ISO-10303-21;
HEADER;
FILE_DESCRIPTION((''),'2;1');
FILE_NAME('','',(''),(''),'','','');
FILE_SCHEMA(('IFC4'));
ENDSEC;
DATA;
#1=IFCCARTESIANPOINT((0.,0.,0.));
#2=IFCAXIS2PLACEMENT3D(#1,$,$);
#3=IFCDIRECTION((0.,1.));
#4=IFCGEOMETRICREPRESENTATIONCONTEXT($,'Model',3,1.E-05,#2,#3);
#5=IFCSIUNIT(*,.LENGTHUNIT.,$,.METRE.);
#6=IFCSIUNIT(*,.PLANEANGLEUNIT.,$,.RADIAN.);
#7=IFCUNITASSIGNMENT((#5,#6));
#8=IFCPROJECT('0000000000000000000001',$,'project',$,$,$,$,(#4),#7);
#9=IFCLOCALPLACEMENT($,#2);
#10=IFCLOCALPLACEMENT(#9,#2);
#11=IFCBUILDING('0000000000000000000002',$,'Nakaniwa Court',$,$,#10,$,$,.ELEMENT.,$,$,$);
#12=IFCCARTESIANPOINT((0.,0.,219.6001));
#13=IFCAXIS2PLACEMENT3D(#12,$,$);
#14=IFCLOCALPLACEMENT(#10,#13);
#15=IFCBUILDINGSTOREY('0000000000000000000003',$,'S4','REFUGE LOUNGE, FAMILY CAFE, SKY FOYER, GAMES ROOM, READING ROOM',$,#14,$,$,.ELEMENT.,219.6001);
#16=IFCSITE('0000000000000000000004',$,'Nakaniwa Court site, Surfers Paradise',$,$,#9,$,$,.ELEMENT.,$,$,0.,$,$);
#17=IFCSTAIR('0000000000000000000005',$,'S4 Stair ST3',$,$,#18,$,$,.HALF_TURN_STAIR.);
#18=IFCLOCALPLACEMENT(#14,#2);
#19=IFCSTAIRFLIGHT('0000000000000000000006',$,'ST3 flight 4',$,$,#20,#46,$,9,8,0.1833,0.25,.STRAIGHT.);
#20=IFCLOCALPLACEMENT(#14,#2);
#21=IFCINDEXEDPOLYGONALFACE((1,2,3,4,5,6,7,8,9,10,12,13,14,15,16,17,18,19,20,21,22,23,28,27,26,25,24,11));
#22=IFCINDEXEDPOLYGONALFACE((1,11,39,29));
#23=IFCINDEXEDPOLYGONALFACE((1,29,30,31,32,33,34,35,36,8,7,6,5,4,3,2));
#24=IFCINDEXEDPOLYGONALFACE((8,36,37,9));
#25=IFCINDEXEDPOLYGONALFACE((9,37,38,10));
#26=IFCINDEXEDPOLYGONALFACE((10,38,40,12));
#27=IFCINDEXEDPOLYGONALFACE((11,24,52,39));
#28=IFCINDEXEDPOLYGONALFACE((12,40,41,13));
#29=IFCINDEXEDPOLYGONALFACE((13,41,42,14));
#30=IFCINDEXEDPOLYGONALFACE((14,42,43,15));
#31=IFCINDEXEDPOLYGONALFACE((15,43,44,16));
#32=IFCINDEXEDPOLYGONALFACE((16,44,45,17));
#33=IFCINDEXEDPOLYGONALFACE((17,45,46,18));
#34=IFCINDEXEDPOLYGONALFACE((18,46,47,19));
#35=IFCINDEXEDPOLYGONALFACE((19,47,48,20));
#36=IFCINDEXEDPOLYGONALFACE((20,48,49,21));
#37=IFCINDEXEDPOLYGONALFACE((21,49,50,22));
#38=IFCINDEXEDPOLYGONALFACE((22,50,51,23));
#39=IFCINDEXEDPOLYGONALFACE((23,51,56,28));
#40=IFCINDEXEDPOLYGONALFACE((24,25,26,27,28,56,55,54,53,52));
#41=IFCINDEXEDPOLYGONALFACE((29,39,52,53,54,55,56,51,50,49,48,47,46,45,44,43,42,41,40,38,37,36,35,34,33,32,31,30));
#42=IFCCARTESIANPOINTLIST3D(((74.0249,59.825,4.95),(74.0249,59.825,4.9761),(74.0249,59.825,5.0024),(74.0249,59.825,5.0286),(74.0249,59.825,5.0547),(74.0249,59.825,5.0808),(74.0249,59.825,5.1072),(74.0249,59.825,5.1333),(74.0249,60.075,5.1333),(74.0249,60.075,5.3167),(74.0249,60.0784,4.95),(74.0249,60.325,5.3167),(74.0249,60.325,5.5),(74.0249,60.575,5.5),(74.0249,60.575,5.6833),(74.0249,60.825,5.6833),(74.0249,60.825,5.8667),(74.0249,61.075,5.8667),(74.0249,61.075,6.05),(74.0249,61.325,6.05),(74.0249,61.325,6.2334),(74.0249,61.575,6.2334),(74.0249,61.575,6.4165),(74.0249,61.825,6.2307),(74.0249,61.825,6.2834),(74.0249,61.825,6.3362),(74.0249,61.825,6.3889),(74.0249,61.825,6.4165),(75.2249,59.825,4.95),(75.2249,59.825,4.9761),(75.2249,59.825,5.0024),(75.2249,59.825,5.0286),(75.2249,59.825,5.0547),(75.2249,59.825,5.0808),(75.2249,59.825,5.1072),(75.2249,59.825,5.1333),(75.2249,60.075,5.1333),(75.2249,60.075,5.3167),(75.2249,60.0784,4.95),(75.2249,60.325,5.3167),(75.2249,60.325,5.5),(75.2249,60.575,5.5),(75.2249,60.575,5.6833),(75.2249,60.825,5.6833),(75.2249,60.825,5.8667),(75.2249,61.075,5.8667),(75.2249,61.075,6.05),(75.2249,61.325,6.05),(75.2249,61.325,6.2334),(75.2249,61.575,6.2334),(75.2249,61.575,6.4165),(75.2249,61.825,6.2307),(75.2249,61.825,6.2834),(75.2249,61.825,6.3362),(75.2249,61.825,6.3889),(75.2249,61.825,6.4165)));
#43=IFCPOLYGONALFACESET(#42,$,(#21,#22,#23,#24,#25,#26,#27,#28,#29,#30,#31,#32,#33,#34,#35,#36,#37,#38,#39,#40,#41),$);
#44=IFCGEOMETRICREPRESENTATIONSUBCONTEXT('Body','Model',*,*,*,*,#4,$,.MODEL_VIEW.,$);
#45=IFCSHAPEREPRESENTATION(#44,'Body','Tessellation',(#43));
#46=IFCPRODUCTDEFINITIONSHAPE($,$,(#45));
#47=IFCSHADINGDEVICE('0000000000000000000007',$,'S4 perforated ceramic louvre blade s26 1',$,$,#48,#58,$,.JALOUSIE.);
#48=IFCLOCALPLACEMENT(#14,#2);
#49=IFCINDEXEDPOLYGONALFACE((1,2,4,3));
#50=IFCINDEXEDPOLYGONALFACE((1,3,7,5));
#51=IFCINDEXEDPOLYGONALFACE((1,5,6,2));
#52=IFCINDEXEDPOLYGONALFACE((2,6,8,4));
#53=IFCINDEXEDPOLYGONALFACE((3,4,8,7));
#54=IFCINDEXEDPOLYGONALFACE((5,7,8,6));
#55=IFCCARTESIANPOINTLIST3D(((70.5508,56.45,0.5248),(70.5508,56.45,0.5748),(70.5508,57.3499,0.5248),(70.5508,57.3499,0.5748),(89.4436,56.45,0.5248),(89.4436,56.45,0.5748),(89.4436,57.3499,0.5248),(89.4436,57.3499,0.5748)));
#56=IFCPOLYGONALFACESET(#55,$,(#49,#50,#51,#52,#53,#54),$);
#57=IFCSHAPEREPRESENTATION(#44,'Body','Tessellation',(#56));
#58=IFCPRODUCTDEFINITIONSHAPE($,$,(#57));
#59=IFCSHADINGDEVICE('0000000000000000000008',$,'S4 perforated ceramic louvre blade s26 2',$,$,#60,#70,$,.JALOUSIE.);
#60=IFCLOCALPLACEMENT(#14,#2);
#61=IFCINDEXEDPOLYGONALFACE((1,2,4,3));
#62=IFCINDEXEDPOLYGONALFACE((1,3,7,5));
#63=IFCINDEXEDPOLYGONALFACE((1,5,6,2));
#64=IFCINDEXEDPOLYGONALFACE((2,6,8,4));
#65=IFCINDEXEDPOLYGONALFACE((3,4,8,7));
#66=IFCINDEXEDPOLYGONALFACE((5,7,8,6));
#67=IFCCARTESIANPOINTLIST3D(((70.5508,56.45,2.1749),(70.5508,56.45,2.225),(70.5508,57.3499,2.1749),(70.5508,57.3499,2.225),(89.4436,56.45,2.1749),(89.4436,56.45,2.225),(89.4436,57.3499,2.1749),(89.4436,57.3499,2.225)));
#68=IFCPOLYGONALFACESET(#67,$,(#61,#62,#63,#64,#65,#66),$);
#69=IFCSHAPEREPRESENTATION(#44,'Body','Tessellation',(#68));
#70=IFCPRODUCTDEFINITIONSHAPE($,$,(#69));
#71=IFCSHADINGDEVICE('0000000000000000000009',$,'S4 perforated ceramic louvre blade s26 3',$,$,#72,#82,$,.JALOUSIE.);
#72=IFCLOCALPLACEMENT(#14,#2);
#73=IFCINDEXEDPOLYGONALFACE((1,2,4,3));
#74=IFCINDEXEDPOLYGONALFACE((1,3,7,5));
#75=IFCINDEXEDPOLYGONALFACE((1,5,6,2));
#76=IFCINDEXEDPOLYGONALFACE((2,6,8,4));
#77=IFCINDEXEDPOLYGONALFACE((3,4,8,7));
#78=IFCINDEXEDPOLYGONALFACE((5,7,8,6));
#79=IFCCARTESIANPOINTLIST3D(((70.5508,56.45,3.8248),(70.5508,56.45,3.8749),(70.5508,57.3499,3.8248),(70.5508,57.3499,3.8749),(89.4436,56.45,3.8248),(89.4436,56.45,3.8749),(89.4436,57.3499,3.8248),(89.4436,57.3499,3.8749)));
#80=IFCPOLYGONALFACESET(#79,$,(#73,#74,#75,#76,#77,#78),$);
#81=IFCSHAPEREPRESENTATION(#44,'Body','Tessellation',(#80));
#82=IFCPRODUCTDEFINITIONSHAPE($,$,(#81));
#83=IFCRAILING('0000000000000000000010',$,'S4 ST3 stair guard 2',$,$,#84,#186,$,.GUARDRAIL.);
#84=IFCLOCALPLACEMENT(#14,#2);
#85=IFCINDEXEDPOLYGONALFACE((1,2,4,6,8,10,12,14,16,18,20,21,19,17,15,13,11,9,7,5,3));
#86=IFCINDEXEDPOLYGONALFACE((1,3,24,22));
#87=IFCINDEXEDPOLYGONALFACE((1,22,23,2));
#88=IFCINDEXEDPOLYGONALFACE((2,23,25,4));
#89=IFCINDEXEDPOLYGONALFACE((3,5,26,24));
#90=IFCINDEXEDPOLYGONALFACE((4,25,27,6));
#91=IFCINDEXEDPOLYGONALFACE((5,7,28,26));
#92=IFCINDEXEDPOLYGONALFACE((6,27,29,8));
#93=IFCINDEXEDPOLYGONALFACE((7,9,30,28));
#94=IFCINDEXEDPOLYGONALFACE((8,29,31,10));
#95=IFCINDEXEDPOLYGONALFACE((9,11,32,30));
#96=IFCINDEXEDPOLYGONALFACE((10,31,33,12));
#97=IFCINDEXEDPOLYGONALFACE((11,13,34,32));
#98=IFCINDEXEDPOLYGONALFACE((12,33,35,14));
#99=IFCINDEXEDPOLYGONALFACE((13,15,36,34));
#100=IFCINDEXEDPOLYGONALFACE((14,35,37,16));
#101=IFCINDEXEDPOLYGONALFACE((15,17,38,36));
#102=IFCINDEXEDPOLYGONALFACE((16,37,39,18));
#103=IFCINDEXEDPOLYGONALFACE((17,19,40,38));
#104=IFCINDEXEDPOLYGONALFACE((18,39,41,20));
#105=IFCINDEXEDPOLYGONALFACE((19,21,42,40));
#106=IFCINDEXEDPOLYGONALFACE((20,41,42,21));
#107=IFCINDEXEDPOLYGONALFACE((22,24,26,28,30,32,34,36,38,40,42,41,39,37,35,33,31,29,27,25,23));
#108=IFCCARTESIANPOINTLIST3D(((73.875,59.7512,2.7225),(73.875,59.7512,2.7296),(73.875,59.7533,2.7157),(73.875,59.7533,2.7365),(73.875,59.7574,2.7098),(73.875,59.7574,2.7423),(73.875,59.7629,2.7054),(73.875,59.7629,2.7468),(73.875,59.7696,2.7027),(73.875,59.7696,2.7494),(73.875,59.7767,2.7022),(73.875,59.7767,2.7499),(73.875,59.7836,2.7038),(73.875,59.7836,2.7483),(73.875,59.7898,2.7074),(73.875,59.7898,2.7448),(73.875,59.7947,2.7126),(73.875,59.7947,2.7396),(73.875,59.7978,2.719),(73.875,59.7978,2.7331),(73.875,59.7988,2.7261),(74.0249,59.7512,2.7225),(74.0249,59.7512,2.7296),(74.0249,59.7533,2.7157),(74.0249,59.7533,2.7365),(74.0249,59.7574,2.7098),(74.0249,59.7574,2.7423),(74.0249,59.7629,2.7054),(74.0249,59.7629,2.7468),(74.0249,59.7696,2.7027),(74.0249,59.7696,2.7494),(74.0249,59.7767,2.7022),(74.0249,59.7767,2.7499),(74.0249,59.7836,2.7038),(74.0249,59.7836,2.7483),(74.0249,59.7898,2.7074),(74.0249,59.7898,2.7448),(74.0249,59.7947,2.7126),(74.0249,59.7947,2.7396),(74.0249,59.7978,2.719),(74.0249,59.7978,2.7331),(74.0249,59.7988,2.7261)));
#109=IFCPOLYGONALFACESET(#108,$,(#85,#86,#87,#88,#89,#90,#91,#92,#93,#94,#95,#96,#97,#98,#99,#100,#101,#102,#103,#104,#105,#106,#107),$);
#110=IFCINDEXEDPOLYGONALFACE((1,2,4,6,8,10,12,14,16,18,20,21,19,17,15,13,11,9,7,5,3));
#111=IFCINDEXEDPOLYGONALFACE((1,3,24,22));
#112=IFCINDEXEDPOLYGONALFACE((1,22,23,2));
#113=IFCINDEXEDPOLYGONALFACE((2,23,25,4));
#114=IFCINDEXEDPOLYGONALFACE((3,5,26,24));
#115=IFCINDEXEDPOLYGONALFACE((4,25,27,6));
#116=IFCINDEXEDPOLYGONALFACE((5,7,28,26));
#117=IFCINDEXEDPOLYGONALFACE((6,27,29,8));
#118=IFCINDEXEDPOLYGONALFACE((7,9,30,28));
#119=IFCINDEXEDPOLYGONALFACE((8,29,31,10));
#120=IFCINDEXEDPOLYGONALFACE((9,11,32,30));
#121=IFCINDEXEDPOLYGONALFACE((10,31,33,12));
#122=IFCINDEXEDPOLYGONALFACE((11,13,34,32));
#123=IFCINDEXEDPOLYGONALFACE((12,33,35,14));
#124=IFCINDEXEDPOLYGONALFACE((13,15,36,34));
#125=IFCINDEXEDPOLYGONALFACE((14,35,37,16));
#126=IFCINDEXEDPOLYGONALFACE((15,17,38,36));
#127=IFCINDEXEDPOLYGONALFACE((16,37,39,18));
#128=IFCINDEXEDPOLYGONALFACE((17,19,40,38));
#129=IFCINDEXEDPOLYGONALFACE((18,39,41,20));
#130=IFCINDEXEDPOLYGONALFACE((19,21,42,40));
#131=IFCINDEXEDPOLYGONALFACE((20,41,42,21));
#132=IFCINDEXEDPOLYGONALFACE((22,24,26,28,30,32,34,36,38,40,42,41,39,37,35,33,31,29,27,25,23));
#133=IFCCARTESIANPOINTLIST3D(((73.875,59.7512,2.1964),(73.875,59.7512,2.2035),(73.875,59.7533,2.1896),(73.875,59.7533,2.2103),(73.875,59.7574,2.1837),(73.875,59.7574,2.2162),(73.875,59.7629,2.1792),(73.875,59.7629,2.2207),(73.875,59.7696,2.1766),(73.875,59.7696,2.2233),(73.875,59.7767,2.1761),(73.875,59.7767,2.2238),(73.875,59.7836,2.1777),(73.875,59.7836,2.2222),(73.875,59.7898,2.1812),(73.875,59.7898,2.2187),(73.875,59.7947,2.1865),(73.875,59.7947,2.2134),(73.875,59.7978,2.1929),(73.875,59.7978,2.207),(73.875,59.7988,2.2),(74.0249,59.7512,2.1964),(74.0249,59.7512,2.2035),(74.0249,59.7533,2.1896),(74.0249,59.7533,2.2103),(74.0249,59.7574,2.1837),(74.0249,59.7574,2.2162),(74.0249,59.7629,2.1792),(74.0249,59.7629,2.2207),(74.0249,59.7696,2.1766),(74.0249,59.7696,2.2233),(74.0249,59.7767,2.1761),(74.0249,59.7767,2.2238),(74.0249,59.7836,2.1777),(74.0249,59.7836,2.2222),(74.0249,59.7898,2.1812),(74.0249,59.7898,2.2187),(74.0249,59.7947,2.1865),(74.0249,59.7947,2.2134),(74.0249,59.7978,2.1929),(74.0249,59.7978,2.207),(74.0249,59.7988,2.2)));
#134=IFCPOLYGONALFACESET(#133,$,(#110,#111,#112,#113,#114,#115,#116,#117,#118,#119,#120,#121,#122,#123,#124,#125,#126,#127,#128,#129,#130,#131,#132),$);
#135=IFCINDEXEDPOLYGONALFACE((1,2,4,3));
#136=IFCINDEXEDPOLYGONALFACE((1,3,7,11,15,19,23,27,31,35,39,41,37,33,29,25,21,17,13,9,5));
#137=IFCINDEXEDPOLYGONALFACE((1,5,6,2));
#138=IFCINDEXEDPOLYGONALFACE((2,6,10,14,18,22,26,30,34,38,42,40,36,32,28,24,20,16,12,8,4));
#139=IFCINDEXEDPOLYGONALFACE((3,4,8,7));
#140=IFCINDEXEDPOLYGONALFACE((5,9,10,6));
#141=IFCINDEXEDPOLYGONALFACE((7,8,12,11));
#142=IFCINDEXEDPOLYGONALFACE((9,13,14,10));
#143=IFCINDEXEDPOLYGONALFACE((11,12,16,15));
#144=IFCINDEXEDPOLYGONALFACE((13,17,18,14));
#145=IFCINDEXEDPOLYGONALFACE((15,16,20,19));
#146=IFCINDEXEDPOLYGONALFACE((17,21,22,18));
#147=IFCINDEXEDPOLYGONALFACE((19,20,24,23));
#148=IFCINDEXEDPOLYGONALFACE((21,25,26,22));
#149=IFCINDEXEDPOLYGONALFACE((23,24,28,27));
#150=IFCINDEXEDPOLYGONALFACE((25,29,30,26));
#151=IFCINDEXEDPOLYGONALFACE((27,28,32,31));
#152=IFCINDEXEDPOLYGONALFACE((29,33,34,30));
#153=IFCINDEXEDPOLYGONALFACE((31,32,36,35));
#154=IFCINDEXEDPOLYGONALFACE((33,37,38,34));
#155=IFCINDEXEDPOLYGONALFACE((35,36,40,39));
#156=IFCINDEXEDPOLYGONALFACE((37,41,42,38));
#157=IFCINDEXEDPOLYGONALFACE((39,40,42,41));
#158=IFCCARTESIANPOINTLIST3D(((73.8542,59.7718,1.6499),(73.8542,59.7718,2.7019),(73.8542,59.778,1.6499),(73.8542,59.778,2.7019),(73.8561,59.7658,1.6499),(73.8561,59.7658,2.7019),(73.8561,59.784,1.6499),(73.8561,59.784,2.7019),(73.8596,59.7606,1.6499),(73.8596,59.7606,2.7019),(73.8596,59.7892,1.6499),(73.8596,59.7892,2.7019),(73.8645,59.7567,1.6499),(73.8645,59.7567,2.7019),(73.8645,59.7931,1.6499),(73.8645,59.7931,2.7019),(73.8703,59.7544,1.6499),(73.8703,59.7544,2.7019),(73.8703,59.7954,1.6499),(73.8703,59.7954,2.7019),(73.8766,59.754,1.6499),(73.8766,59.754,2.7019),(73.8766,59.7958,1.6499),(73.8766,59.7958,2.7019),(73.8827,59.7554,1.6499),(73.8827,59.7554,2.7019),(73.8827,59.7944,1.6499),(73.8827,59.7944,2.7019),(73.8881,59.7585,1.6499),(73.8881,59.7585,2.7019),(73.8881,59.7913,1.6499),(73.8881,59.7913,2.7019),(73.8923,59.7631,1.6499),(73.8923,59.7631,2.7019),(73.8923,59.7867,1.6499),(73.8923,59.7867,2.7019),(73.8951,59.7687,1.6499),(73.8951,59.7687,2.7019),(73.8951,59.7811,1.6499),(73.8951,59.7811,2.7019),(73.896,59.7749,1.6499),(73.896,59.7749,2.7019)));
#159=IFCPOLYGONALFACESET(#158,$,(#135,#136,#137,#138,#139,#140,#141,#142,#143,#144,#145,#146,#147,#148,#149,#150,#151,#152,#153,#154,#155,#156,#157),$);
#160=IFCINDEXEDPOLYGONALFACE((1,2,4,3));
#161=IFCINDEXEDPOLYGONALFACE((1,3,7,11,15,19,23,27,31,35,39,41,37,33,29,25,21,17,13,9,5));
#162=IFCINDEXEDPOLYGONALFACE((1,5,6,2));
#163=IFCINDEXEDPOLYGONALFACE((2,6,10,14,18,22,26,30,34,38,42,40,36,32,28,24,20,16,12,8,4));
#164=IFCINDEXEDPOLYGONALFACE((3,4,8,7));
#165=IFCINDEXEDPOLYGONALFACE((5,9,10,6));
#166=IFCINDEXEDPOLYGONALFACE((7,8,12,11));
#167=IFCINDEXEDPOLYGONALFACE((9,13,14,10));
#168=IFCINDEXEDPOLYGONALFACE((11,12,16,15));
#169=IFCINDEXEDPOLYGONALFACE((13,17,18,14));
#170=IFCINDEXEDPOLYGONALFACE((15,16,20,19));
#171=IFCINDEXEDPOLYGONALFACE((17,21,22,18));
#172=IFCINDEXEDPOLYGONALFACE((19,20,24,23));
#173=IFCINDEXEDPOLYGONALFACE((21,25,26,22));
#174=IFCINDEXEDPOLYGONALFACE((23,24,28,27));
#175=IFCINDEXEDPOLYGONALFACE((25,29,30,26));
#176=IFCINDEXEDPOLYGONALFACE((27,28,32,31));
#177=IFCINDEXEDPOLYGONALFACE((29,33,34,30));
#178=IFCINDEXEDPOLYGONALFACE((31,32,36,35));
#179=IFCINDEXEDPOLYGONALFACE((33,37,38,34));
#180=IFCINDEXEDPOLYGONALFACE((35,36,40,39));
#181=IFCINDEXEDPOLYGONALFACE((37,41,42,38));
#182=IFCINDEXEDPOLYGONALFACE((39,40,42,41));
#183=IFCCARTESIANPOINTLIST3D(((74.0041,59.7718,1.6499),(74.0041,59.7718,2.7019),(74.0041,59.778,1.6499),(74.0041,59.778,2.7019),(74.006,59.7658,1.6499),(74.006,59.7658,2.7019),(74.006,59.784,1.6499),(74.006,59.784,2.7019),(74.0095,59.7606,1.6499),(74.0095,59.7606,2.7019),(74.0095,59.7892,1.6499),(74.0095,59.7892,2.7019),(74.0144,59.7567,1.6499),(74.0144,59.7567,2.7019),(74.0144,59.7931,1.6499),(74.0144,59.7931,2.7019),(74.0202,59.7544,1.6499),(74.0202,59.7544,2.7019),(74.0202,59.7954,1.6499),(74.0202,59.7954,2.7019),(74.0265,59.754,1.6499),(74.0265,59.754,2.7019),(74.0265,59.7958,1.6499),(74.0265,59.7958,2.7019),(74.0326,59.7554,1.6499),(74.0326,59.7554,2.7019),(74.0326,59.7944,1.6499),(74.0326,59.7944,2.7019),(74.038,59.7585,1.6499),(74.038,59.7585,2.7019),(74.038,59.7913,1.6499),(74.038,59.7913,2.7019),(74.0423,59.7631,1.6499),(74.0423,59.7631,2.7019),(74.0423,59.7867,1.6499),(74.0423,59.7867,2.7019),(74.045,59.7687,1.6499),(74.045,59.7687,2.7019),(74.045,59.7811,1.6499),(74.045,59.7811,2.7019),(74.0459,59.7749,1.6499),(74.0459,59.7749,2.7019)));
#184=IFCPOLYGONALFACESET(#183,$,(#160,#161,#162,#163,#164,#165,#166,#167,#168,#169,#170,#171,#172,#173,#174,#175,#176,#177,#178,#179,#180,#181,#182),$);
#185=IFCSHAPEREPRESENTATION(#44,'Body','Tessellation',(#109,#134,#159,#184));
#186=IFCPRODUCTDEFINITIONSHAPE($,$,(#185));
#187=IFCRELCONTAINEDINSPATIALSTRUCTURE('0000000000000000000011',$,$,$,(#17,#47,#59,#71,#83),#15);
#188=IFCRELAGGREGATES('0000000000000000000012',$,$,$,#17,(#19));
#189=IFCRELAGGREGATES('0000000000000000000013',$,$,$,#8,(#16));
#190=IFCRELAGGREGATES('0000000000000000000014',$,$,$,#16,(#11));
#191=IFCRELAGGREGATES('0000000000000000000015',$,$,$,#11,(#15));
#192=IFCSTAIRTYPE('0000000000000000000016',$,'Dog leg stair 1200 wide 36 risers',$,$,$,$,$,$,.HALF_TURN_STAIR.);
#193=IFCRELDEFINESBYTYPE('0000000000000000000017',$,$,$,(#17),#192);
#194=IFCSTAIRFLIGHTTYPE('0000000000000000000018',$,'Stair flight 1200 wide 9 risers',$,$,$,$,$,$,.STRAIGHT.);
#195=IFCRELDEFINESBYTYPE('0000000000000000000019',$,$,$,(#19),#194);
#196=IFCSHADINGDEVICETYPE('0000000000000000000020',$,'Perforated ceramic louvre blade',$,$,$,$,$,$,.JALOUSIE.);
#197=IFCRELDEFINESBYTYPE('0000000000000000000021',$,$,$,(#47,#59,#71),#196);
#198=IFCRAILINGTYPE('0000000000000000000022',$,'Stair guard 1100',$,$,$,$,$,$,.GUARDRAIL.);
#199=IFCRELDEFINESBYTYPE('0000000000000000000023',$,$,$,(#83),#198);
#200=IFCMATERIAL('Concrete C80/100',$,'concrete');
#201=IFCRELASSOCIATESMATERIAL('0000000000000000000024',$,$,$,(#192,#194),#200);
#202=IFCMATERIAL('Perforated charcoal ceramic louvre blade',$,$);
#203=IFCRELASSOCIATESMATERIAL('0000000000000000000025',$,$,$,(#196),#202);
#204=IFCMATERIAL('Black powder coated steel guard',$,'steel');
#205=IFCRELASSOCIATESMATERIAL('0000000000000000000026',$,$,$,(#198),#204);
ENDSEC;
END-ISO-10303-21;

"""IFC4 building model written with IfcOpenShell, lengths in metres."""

from ifc_helpers import new_model, si_unit, direction, frame, origin, origin_2d, place, context, subcontext, project, spatial, polyline, rectangle, circle, outline, extrude, material, material_profile, profile_set, type_object, element, aggregate, save


model = new_model("IFC4")

# Units and contexts
model_context = context("Model", 3, precision=1e-05, world=origin(), true_north=direction((0.0, 1.0)))
body_context = subcontext(model_context, "Body", "Model", "MODEL_VIEW")
ifc_project = project(units=[si_unit("LENGTHUNIT", "METRE"), si_unit("PLANEANGLEUNIT", "RADIAN")], contexts=[model_context])

# Site, building, storey
site_placement = place(None, origin())
site = spatial("IfcSite", under=ifc_project, at=site_placement, Name="Nakaniwa Court site, Surfers Paradise", CompositionType="ELEMENT", RefElevation=0.0)
building_placement = place(site_placement, origin())
building = spatial("IfcBuilding", under=site, at=building_placement, Name="Nakaniwa Court", CompositionType="ELEMENT")
storey_placement = place(building_placement, frame((0.0, 0.0, 219.6001)))
storey = spatial("IfcBuildingStorey", under=building, at=storey_placement, Name="S4", Description="REFUGE LOUNGE, FAMILY CAFE, SKY FOYER, GAMES ROOM, READING ROOM", CompositionType="ELEMENT", Elevation=219.6001)

# Shared definitions
ifc_material_1 = material(Name="Concrete C80/100", Category="concrete")

# Stair, stair flight
stair_type = type_object("IfcStairType", Name="Dog leg stair 1200 wide 36 risers", PredefinedType="HALF_TURN_STAIR", material=ifc_material_1)
stair_placement = place(storey_placement, origin())
stair = element("IfcStair", 1, at=stair_placement, inside=storey, type_object=stair_type, Name="S4 Stair ST3", PredefinedType="HALF_TURN_STAIR")
stair_flight_type = type_object("IfcStairFlightType", Name="Stair flight 1200 wide 9 risers", PredefinedType="STRAIGHT", material=ifc_material_1)
stair_flight_1_placement = place(storey_placement, frame((74.625, 59.825, 4.95), z_axis=(0.0, 0.0, 1.0), x_axis=(0.0, 1.0, 0.0)))
stair_flight_1 = element("IfcStairFlight", 2, at=stair_flight_1_placement, type_object=stair_flight_type, Name="ST3 flight 4", NumberOfRisers=9, NumberOfTreads=8, PredefinedType="STRAIGHT", RiserHeight=0.1833, TreadLength=0.25, context=body_context, shape_type="SweptSolid", body=[
    extrude(outline(polyline([(0.0, 0.0), (0.0, 0.0261), (0.0, 0.0525), (0.0, 0.0786), (0.0, 0.1047), (0.0, 0.1309), (0.0, 0.1572), (0.0, 0.1833), (0.25, 0.1833), (0.25, 0.3667), (0.5, 0.3667), (0.5, 0.55), (0.75, 0.55), (0.75, 0.7334), (1.0, 0.7334), (1.0, 0.9167), (1.25, 0.9167), (1.25, 1.1001), (1.5, 1.1001), (1.5, 1.2834), (1.75, 1.2834), (1.75, 1.4666), (2.0, 1.4666), (2.0, 1.6499), (2.0, 1.5972), (2.0, 1.5444), (2.0, 1.4917), (2.0, 1.439), (2.0, 1.3862), (2.0, 1.3335), (2.0, 1.2808), (0.2534, 0.0), (0.0, 0.0)])), frame((0.0, 0.6001, 0.0), z_axis=(0.0, -1.0, 0.0), x_axis=(1.0, 0.0, 0.0)), (0.0, 0.0, 1.0), 1.2),
])
aggregate(stair, [stair_flight_1])

# Shading devices
ifc_material_2 = material(Name="Perforated charcoal ceramic louvre blade")
ifc_material_profile_1 = material_profile(ifc_material_2, rectangle(XDim=0.8999, YDim=0.05, at=origin_2d()), Name="Perforated ceramic louvre blade")
ifc_profile_set_1 = profile_set([ifc_material_profile_1], Name="Perforated charcoal ceramic louvre blade")
shading_device_type = type_object("IfcShadingDeviceType", Name="Perforated ceramic louvre blade", PredefinedType="JALOUSIE", material=ifc_profile_set_1)
for number, where, z_axis, x_axis, name in (
    (3, (70.5508, 56.8999, 0.5498), (1.0, 0.0, 0.0), (0.0, 1.0, 0.0), "S4 perforated ceramic louvre blade s26 1"),
    (4, (70.5508, 56.8999, 2.2), (1.0, 0.0, 0.0), (0.0, 1.0, 0.0), "S4 perforated ceramic louvre blade s26 2"),
    (5, (70.5508, 56.8999, 3.8499), (1.0, 0.0, 0.0), (0.0, 1.0, 0.0), "S4 perforated ceramic louvre blade s26 3"),
):
    element("IfcShadingDevice", number, at=place(storey_placement, frame(where, z_axis=z_axis, x_axis=x_axis)), inside=storey, type_object=shading_device_type, Name=name, PredefinedType="JALOUSIE", context=body_context, shape_type="SweptSolid", body=[
        extrude(rectangle(XDim=0.8999, YDim=0.05, at=origin_2d()), origin(), (0.0, 0.0, 1.0), 18.8928),
    ])

# Railing
ifc_material_3 = material(Name="Black powder coated steel guard", Category="steel")
railing_type_1 = type_object("IfcRailingType", Name="Stair guard 1100", PredefinedType="GUARDRAIL", material=ifc_material_3)
railing_1_placement = place(storey_placement, frame((73.875, 59.7749, 1.6499)))
element("IfcRailing", 6, at=railing_1_placement, inside=storey, type_object=railing_type_1, Name="S4 ST3 stair guard 2", PredefinedType="GUARDRAIL", context=body_context, shape_type="SweptSolid", body=[
    extrude(circle(Radius=0.0239, at=origin_2d()), frame((0.0, 0.0, 1.0762), z_axis=(1.0, 0.0, 0.0), x_axis=(0.0, 1.0, 0.0)), (0.0, 0.0, 1.0), 0.1499),
    extrude(circle(Radius=0.0239, at=origin_2d()), frame((0.0, 0.0, 0.55), z_axis=(1.0, 0.0, 0.0), x_axis=(0.0, 1.0, 0.0)), (0.0, 0.0, 1.0), 0.1499),
    extrude(circle(Radius=0.021, at=origin_2d()), origin(), (0.0, 0.0, 1.0), 1.052),
    extrude(circle(Radius=0.021, at=origin_2d()), frame((0.1499, 0.0, 0.0)), (0.0, 0.0, 1.0), 1.052),
])

save(model, "model.ifc")
